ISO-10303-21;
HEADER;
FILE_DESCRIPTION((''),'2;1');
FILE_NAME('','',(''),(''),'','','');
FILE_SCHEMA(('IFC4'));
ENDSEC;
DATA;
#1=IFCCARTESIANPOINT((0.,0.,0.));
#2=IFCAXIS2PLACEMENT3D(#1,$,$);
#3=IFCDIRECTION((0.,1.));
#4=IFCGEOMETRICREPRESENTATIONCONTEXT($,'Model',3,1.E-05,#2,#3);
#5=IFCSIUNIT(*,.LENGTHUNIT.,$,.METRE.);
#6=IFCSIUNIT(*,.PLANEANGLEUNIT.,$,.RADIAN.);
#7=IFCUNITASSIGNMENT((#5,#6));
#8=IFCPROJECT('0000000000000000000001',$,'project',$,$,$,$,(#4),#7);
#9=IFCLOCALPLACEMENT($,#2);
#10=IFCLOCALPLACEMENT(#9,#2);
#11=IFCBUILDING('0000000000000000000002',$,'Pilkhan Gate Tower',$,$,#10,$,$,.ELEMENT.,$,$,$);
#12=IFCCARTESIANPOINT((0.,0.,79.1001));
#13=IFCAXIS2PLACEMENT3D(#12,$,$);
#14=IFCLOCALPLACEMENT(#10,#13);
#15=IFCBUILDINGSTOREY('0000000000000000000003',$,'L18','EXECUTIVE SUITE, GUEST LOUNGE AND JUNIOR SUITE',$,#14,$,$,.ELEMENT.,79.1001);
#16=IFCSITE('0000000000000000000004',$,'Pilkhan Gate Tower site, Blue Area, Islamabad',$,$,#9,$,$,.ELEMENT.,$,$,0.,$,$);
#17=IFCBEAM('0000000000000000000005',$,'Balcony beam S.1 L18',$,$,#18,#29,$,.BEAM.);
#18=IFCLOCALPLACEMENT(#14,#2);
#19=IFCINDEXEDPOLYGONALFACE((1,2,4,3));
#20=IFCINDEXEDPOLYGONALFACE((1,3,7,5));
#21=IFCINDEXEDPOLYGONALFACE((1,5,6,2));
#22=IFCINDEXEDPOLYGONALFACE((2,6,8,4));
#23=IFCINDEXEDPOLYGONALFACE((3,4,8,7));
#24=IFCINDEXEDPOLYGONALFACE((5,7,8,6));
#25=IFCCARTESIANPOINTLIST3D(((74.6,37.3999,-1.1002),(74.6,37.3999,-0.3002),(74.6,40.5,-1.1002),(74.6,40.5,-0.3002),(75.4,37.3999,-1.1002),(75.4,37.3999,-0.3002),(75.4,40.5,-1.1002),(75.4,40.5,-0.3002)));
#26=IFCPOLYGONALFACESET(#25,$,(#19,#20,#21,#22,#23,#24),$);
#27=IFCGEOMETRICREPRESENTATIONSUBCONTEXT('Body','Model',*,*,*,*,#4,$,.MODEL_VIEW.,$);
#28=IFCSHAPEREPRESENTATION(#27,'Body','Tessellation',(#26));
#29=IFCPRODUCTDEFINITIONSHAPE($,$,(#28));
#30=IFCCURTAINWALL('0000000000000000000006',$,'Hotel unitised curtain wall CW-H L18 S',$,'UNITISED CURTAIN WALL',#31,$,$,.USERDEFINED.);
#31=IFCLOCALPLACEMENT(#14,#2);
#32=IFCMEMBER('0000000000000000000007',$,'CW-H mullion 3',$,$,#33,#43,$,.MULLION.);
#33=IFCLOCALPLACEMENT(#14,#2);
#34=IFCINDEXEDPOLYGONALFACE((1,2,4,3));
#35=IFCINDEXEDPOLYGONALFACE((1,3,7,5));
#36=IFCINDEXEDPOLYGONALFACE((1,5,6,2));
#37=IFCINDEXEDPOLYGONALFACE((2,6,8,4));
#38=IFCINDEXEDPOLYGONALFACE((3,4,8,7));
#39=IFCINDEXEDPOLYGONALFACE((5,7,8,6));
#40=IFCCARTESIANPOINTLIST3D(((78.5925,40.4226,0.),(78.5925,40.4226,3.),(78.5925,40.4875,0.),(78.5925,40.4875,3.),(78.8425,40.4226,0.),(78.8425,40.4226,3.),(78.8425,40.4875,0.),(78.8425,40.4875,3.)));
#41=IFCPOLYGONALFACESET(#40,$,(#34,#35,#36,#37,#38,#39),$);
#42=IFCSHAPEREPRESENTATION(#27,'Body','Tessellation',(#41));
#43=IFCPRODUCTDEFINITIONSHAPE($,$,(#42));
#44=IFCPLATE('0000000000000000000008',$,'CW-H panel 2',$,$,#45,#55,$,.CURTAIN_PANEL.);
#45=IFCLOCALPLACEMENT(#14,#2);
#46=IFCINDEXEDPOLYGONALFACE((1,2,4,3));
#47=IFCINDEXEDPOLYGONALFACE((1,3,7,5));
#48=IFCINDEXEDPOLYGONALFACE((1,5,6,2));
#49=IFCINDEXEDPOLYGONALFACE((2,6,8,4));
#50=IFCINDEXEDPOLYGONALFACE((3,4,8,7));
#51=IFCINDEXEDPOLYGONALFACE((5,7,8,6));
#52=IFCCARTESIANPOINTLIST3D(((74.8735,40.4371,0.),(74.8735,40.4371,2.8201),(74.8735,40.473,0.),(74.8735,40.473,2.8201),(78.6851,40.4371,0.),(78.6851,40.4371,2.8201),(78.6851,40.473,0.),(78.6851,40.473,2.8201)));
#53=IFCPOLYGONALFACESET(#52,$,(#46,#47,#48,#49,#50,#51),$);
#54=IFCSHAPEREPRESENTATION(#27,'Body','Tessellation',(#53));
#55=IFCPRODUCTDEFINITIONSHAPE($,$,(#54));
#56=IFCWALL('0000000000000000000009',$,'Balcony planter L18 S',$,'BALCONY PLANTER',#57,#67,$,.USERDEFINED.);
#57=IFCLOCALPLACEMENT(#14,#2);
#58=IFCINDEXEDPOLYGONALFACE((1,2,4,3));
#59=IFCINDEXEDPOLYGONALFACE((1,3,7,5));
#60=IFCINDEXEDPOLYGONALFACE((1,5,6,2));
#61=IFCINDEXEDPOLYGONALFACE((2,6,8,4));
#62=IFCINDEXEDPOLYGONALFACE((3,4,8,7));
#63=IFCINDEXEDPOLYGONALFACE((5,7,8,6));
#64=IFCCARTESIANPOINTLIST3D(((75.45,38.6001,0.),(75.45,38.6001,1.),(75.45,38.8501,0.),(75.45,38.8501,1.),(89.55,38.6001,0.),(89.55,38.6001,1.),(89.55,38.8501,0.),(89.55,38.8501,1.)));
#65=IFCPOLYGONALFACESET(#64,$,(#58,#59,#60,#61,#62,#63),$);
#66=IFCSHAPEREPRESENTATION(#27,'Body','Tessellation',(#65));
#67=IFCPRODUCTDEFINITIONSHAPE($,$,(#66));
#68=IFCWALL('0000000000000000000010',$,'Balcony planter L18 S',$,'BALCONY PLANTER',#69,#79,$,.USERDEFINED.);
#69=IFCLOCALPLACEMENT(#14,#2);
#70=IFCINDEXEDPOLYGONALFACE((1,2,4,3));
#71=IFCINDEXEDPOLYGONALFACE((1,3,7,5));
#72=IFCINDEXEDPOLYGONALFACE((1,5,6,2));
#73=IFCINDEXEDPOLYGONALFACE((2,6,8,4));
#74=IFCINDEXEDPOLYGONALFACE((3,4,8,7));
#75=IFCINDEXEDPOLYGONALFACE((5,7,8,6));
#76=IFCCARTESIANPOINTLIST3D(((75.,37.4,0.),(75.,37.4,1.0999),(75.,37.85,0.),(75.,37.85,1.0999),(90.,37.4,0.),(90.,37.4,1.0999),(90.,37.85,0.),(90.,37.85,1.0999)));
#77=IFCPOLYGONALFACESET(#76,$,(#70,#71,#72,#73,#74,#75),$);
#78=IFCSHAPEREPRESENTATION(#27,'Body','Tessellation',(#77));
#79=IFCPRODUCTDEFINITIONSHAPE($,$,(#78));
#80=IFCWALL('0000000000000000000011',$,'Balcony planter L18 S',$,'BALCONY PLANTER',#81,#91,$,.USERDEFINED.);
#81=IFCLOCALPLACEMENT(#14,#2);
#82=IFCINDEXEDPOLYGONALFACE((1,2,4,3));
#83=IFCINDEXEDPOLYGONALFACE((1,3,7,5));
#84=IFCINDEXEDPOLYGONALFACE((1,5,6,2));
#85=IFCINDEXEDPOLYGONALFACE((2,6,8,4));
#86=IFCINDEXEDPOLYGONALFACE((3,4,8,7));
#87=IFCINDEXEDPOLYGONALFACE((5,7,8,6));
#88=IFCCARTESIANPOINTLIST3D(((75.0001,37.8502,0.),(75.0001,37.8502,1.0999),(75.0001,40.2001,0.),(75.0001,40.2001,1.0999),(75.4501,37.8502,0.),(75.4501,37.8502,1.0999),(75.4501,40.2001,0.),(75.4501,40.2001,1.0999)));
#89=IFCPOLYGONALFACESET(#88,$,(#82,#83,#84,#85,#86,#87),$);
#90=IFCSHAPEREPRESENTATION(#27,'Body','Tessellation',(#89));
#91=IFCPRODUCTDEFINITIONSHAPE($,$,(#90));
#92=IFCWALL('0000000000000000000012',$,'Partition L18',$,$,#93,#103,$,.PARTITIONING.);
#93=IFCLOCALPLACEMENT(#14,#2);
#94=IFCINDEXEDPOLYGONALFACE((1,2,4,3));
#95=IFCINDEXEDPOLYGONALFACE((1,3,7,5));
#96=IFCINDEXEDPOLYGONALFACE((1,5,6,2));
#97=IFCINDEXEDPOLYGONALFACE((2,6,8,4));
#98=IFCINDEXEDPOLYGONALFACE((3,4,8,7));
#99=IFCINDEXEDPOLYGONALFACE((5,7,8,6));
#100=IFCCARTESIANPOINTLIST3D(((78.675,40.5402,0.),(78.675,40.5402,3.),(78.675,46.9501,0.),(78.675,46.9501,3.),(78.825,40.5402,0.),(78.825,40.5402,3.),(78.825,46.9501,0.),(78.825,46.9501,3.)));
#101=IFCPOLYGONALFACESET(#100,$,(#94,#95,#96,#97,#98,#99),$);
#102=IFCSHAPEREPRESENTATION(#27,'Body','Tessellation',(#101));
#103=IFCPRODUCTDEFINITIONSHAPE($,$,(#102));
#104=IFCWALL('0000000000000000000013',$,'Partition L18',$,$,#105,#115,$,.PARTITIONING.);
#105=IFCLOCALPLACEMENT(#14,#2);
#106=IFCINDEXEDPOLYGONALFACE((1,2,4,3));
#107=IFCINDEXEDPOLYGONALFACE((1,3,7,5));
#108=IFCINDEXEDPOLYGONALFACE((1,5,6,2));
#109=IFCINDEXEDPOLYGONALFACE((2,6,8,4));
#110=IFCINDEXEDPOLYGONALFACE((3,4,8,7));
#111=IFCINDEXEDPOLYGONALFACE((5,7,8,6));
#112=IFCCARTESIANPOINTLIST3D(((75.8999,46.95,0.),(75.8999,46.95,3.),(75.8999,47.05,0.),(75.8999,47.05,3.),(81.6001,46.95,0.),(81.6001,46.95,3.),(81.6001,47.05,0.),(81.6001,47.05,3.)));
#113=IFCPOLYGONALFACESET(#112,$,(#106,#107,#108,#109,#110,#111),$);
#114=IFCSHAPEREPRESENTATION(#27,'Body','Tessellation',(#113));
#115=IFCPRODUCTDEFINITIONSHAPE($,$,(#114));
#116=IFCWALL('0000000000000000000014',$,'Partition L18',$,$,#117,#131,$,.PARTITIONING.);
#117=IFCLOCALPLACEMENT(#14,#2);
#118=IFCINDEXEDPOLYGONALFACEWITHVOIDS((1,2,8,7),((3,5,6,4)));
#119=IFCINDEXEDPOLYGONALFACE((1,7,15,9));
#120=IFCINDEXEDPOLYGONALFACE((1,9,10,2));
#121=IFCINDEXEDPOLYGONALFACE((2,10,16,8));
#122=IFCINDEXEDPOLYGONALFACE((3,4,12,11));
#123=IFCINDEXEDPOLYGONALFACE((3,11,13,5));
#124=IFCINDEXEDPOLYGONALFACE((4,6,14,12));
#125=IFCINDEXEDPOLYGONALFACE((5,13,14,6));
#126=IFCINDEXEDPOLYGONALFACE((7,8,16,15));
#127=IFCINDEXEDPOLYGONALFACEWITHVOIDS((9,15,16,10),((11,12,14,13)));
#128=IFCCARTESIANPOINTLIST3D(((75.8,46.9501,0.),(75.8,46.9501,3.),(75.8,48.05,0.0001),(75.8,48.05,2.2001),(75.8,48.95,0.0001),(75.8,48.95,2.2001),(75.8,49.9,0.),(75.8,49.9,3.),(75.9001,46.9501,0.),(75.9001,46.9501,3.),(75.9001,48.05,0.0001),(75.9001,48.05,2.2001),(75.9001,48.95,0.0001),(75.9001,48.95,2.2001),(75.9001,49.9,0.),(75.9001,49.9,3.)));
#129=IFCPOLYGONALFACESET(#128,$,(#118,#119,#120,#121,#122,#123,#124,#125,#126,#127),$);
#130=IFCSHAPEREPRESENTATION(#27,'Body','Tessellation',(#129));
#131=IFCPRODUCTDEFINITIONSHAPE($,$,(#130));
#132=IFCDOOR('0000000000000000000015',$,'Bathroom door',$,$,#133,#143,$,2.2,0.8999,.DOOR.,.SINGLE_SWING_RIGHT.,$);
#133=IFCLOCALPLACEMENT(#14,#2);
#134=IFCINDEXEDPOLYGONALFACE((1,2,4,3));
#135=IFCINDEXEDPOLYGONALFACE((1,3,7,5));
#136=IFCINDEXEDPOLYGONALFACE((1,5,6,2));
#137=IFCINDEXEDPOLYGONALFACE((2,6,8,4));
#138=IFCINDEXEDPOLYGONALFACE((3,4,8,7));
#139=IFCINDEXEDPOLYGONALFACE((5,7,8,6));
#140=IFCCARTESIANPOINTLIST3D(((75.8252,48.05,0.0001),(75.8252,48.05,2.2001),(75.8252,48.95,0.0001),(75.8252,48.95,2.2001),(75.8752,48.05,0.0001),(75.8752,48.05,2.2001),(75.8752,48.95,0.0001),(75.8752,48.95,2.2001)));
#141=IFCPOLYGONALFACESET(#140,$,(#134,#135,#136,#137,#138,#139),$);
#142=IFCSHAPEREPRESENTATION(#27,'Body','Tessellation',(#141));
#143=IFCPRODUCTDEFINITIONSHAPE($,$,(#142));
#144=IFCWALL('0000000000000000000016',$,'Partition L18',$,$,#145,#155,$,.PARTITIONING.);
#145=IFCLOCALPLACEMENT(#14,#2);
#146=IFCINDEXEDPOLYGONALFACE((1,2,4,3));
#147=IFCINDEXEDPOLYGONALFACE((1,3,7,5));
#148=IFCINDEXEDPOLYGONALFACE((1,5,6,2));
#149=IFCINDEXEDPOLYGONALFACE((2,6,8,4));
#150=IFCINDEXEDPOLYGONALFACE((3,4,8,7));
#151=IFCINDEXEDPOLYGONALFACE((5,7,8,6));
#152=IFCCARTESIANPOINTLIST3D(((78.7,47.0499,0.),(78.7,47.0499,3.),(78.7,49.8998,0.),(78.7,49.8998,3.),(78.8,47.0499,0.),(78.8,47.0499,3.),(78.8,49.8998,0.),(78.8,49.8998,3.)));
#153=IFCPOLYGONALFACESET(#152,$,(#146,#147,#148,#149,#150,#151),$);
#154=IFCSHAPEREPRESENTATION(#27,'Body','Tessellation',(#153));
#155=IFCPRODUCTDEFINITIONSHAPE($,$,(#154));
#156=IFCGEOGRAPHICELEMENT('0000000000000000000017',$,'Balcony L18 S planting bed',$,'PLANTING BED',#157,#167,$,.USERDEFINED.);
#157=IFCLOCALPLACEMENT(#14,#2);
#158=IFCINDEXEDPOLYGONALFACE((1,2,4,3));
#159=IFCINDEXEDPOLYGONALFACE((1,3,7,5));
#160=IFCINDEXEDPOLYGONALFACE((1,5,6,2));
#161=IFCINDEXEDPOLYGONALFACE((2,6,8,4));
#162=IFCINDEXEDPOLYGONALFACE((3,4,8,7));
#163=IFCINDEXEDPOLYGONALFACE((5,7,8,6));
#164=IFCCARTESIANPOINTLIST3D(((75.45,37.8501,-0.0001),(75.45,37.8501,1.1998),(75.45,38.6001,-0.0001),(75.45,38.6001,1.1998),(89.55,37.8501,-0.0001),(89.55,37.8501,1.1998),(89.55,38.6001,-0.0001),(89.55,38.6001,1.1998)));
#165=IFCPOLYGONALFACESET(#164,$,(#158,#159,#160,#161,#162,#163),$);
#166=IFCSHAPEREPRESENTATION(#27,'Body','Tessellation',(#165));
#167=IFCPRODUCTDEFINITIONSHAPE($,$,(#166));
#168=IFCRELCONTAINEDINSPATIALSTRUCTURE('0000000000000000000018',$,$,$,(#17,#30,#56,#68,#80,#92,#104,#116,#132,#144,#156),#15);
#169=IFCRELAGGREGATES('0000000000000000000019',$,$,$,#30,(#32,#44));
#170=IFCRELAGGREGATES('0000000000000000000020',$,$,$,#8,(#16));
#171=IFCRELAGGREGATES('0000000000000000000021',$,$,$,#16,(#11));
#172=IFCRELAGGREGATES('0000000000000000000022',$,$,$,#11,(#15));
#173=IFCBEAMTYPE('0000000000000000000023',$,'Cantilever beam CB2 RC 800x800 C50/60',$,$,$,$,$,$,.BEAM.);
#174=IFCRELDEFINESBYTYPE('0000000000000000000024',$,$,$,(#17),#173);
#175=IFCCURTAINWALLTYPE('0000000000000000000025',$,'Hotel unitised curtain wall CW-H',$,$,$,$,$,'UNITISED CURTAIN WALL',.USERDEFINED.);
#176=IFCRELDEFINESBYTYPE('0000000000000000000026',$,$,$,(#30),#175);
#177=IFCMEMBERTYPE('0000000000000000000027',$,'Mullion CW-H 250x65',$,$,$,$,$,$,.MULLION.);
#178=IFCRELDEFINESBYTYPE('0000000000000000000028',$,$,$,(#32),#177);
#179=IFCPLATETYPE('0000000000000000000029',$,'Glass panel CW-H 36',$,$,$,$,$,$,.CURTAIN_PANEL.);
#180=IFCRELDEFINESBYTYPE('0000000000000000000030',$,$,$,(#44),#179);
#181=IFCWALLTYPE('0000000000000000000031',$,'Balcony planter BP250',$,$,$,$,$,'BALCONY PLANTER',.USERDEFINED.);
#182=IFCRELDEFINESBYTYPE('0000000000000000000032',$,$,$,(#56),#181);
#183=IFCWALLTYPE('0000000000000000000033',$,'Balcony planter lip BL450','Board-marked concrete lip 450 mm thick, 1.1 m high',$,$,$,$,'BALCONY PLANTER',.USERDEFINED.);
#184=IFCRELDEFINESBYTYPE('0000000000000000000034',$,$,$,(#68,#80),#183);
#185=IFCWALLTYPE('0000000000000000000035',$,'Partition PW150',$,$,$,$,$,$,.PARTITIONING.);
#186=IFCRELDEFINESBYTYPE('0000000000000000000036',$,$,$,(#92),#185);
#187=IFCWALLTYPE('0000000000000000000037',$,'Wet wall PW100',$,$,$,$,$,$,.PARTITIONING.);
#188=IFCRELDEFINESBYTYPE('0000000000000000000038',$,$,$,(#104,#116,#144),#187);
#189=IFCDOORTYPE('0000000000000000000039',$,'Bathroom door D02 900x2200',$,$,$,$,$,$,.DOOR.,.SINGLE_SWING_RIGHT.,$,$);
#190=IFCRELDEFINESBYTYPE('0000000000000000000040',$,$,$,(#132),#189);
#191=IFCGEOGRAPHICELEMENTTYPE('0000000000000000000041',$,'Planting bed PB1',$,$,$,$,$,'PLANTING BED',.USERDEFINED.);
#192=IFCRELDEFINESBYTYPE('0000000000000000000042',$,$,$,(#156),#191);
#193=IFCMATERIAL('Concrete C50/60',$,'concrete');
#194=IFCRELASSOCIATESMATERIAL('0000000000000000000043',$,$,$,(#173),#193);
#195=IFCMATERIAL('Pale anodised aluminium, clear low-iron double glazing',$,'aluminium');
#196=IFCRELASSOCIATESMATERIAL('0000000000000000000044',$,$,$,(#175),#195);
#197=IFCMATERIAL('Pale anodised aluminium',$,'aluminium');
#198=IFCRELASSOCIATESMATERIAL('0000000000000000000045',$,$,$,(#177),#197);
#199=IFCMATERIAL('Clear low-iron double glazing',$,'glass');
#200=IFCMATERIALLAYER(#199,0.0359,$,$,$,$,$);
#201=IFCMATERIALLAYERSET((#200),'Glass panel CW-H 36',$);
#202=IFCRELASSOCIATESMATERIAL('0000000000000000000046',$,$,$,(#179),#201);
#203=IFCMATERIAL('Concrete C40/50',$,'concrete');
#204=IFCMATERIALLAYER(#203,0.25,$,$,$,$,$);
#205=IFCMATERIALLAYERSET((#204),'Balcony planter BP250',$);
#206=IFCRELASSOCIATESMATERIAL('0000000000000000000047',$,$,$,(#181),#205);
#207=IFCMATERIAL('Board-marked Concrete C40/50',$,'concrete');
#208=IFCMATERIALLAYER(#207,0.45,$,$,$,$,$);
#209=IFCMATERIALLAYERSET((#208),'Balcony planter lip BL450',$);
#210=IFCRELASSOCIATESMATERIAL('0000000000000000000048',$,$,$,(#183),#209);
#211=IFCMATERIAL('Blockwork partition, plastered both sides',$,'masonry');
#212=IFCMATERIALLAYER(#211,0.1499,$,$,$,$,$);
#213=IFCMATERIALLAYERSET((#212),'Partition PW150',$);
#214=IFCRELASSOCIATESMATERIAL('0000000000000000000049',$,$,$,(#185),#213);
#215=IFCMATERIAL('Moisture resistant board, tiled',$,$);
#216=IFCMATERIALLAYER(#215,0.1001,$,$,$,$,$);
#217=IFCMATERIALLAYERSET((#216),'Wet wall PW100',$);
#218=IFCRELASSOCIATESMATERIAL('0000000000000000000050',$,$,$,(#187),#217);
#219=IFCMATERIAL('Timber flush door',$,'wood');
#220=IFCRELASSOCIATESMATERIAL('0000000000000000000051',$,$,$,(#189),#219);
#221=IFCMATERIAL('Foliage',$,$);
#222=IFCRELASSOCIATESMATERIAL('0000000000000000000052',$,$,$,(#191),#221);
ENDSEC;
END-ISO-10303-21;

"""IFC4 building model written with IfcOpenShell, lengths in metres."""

from ifc_helpers import new_model, si_unit, direction, frame, frame_2d, origin, origin_2d, place, context, subcontext, project, spatial, rectangle, extrude, material, layer, layer_set, material_profile, profile_set, type_object, element, fill, aggregate, save


model = new_model("IFC4")

# Units and contexts
model_context = context("Model", 3, precision=1e-05, world=origin(), true_north=direction((0.0, 1.0)))
body_context = subcontext(model_context, "Body", "Model", "MODEL_VIEW")
ifc_project = project(units=[si_unit("LENGTHUNIT", "METRE"), si_unit("PLANEANGLEUNIT", "RADIAN")], contexts=[model_context])

# Site, building, storey
site_placement = place(None, origin())
site = spatial("IfcSite", under=ifc_project, at=site_placement, Name="Pilkhan Gate Tower site, Blue Area, Islamabad", CompositionType="ELEMENT", RefElevation=0.0)
building_placement = place(site_placement, origin())
building = spatial("IfcBuilding", under=site, at=building_placement, Name="Pilkhan Gate Tower", CompositionType="ELEMENT")
storey_placement = place(building_placement, frame((0.0, 0.0, 79.1001)))
storey = spatial("IfcBuildingStorey", under=building, at=storey_placement, Name="L18", Description="EXECUTIVE SUITE, GUEST LOUNGE AND JUNIOR SUITE", CompositionType="ELEMENT", Elevation=79.1001)

# Beam
ifc_material_1 = material(Name="Concrete C50/60", Category="concrete")
ifc_material_profile_1 = material_profile(ifc_material_1, rectangle(XDim=0.8, YDim=0.8, at=origin_2d()), Name="RC 800x800")
ifc_profile_set_1 = profile_set([ifc_material_profile_1], Name="Concrete C50/60")
beam_type = type_object("IfcBeamType", Name="Cantilever beam CB2 RC 800x800 C50/60", PredefinedType="BEAM", material=ifc_profile_set_1)
beam_placement = place(storey_placement, frame((75.0, 40.5, -0.7002), z_axis=(0.0, -1.0, 0.0), x_axis=(1.0, 0.0, 0.0)))
element("IfcBeam", 1, at=beam_placement, inside=storey, type_object=beam_type, Name="Balcony beam S.1 L18", PredefinedType="BEAM", context=body_context, shape_type="SweptSolid", body=[
    extrude(rectangle(XDim=0.8, YDim=0.8, at=origin_2d()), origin(), (0.0, 0.0, 1.0), 3.1001),
])

# Curtain wall, member, plate
ifc_material_2 = material(Name="Pale anodised aluminium, clear low-iron double glazing", Category="aluminium")
curtain_wall_type = type_object("IfcCurtainWallType", Name="Hotel unitised curtain wall CW-H", ElementType="UNITISED CURTAIN WALL", PredefinedType="USERDEFINED", material=ifc_material_2)
curtain_wall_placement = place(storey_placement, origin())
curtain_wall = element("IfcCurtainWall", 2, at=curtain_wall_placement, inside=storey, type_object=curtain_wall_type, Name="Hotel unitised curtain wall CW-H L18 S", ObjectType="UNITISED CURTAIN WALL", PredefinedType="USERDEFINED")
ifc_material_3 = material(Name="Pale anodised aluminium", Category="aluminium")
ifc_material_profile_2 = material_profile(ifc_material_3, rectangle(XDim=0.0649, YDim=0.25, at=origin_2d()), Name="Mullion 250x65")
ifc_profile_set_2 = profile_set([ifc_material_profile_2], Name="Pale anodised aluminium")
member_type = type_object("IfcMemberType", Name="Mullion CW-H 250x65", PredefinedType="MULLION", material=ifc_profile_set_2)
member_placement = place(storey_placement, frame((78.7175, 40.4551, 0.0), z_axis=(0.0, 0.0, 1.0), x_axis=(0.0, 1.0, 0.0)))
member = element("IfcMember", 3, at=member_placement, type_object=member_type, Name="CW-H mullion 3", PredefinedType="MULLION", context=body_context, shape_type="SweptSolid", body=[
    extrude(rectangle(XDim=0.0649, YDim=0.25, at=origin_2d()), origin(), (0.0, 0.0, 1.0), 3.0),
])
ifc_material_4 = material(Name="Clear low-iron double glazing", Category="glass")
ifc_layer_1 = layer(ifc_material_4, 0.0359)
ifc_layer_set_1 = layer_set([ifc_layer_1], Name="Glass panel CW-H 36")
plate_type = type_object("IfcPlateType", Name="Glass panel CW-H 36", PredefinedType="CURTAIN_PANEL", material=ifc_layer_set_1)
plate_placement = place(storey_placement, frame((76.7793, 40.4551, 0.0), z_axis=(0.0, 0.0, 1.0), x_axis=(1.0, 0.0, 0.0)))
plate = element("IfcPlate", 4, at=plate_placement, type_object=plate_type, Name="CW-H panel 2", PredefinedType="CURTAIN_PANEL", context=body_context, shape_type="SweptSolid", body=[
    extrude(rectangle(XDim=3.8115, YDim=0.0359, at=origin_2d()), origin(), (0.0, 0.0, 1.0), 2.8201),
])
aggregate(curtain_wall, [member, plate])

# Walls
ifc_material_5 = material(Name="Concrete C40/50", Category="concrete")
ifc_layer_2 = layer(ifc_material_5, 0.25)
ifc_layer_set_2 = layer_set([ifc_layer_2], Name="Balcony planter BP250")
wall_type_1 = type_object("IfcWallType", Name="Balcony planter BP250", ElementType="BALCONY PLANTER", PredefinedType="USERDEFINED", material=ifc_layer_set_2)
wall_1_placement = place(storey_placement, frame((75.45, 38.7251, 0.0), z_axis=(0.0, 0.0, 1.0), x_axis=(1.0, 0.0, 0.0)))
element("IfcWall", 5, at=wall_1_placement, inside=storey, type_object=wall_type_1, Name="Balcony planter L18 S", ObjectType="BALCONY PLANTER", PredefinedType="USERDEFINED", context=body_context, shape_type="SweptSolid", body=[
    extrude(rectangle(XDim=14.1001, YDim=0.25, at=frame_2d((7.05, 0.0))), origin(), (0.0, 0.0, 1.0), 1.0),
])
ifc_material_6 = material(Name="Board-marked Concrete C40/50", Category="concrete")
ifc_layer_3 = layer(ifc_material_6, 0.45)
ifc_layer_set_3 = layer_set([ifc_layer_3], Name="Balcony planter lip BL450")
wall_type_2 = type_object("IfcWallType", Name="Balcony planter lip BL450", Description="Board-marked concrete lip 450 mm thick, 1.1 m high", ElementType="BALCONY PLANTER", PredefinedType="USERDEFINED", material=ifc_layer_set_3)
wall_2_placement = place(storey_placement, frame((75.0, 37.625, 0.0), z_axis=(0.0, 0.0, 1.0), x_axis=(1.0, 0.0, 0.0)))
element("IfcWall", 6, at=wall_2_placement, inside=storey, type_object=wall_type_2, Name="Balcony planter L18 S", ObjectType="BALCONY PLANTER", PredefinedType="USERDEFINED", context=body_context, shape_type="SweptSolid", body=[
    extrude(rectangle(XDim=15.0, YDim=0.45, at=frame_2d((7.5, 0.0))), origin(), (0.0, 0.0, 1.0), 1.0999),
])
wall_3_placement = place(storey_placement, frame((75.2251, 40.2, 0.0), z_axis=(0.0, 0.0, 1.0), x_axis=(0.0, -1.0, 0.0)))
element("IfcWall", 7, at=wall_3_placement, inside=storey, type_object=wall_type_2, Name="Balcony planter L18 S", ObjectType="BALCONY PLANTER", PredefinedType="USERDEFINED", context=body_context, shape_type="SweptSolid", body=[
    extrude(rectangle(XDim=2.3499, YDim=0.45, at=frame_2d((1.1748, 0.0))), origin(), (0.0, 0.0, 1.0), 1.0999),
])

# Walls
ifc_material_7 = material(Name="Blockwork partition, plastered both sides", Category="masonry")
ifc_layer_4 = layer(ifc_material_7, 0.1499)
ifc_layer_set_4 = layer_set([ifc_layer_4], Name="Partition PW150")
wall_type_3 = type_object("IfcWallType", Name="Partition PW150", PredefinedType="PARTITIONING", material=ifc_layer_set_4)
wall_4_placement = place(storey_placement, frame((78.75, 40.54, 0.0), z_axis=(0.0, 0.0, 1.0), x_axis=(0.0, 1.0, 0.0)))
element("IfcWall", 8, at=wall_4_placement, inside=storey, type_object=wall_type_3, Name="Partition L18", PredefinedType="PARTITIONING", context=body_context, shape_type="SweptSolid", body=[
    extrude(rectangle(XDim=6.4099, YDim=0.1499, at=frame_2d((3.2051, 0.0))), origin(), (0.0, 0.0, 1.0), 3.0),
])
ifc_material_8 = material(Name="Moisture resistant board, tiled")
ifc_layer_5 = layer(ifc_material_8, 0.1001)
ifc_layer_set_5 = layer_set([ifc_layer_5], Name="Wet wall PW100")
wall_type_4 = type_object("IfcWallType", Name="Wet wall PW100", PredefinedType="PARTITIONING", material=ifc_layer_set_5)
wall_5_placement = place(storey_placement, frame((75.8999, 47.0, 0.0), z_axis=(0.0, 0.0, 1.0), x_axis=(1.0, 0.0, 0.0)))
element("IfcWall", 9, at=wall_5_placement, inside=storey, type_object=wall_type_4, Name="Partition L18", PredefinedType="PARTITIONING", context=body_context, shape_type="SweptSolid", body=[
    extrude(rectangle(XDim=5.7002, YDim=0.1001, at=frame_2d((2.8501, 0.0))), origin(), (0.0, 0.0, 1.0), 3.0),
])

# Wall, opening, door
wall_6_placement = place(storey_placement, frame((75.8501, 46.95, 0.0), z_axis=(0.0, 0.0, 1.0), x_axis=(0.0, 1.0, 0.0)))
wall_6 = element("IfcWall", 10, at=wall_6_placement, inside=storey, type_object=wall_type_4, Name="Partition L18", PredefinedType="PARTITIONING", context=body_context, shape_type="SweptSolid", body=[
    extrude(rectangle(XDim=2.95, YDim=0.1001, at=frame_2d((1.4751, 0.0))), origin(), (0.0, 0.0, 1.0), 3.0),
])
opening_1_placement = place(wall_6_placement, frame((1.1001, 0.0, 0.0)))
opening_1 = element("IfcOpeningElement", 11, at=opening_1_placement, cuts=wall_6, PredefinedType="OPENING", context=body_context, shape_type="SweptSolid", body=[
    extrude(rectangle(XDim=0.8999, YDim=2.2, at=frame_2d((0.45, 1.1001))), frame((0.0, 0.0601, 0.0), z_axis=(0.0, -1.0, 0.0), x_axis=(1.0, 0.0, 0.0)), (0.0, 0.0, 1.0), 0.1201),
])
ifc_material_9 = material(Name="Timber flush door", Category="wood")
door_type_1 = type_object("IfcDoorType", Name="Bathroom door D02 900x2200", OperationType="SINGLE_SWING_RIGHT", PredefinedType="DOOR", material=ifc_material_9)
door_1_placement = place(opening_1_placement, origin())
door_1 = element("IfcDoor", 12, at=door_1_placement, inside=storey, type_object=door_type_1, Name="Bathroom door", OperationType="SINGLE_SWING_RIGHT", OverallHeight=2.2, OverallWidth=0.8999, PredefinedType="DOOR", context=body_context, shape_type="SweptSolid", body=[
    extrude(rectangle(XDim=0.8999, YDim=2.2, at=frame_2d((0.45, 1.1001))), frame((0.0, 0.0249, 0.0), z_axis=(0.0, -1.0, 0.0), x_axis=(1.0, 0.0, 0.0)), (0.0, 0.0, 1.0), 0.05),
])
fill(opening_1, door_1)

# Wall
wall_7_placement = place(storey_placement, frame((78.75, 47.05, 0.0), z_axis=(0.0, 0.0, 1.0), x_axis=(0.0, 1.0, 0.0)))
element("IfcWall", 13, at=wall_7_placement, inside=storey, type_object=wall_type_4, Name="Partition L18", PredefinedType="PARTITIONING", context=body_context, shape_type="SweptSolid", body=[
    extrude(rectangle(XDim=2.8499, YDim=0.1001, at=frame_2d((1.4248, 0.0))), origin(), (0.0, 0.0, 1.0), 3.0),
])

# Geographic element
ifc_material_10 = material(Name="Foliage")
ifc_material_profile_3 = material_profile(ifc_material_10, rectangle(XDim=0.75, YDim=1.2, at=origin_2d()), Name="Bed 750x1200")
ifc_profile_set_3 = profile_set([ifc_material_profile_3], Name="Foliage")
geographic_element_type_1 = type_object("IfcGeographicElementType", Name="Planting bed PB1", ElementType="PLANTING BED", PredefinedType="USERDEFINED", material=ifc_profile_set_3)
geographic_element_1_placement = place(storey_placement, frame((75.45, 38.2251, 0.5999), z_axis=(1.0, 0.0, 0.0), x_axis=(0.0, 1.0, 0.0)))
element("IfcGeographicElement", 14, at=geographic_element_1_placement, inside=storey, type_object=geographic_element_type_1, Name="Balcony L18 S planting bed", ObjectType="PLANTING BED", PredefinedType="USERDEFINED", context=body_context, shape_type="SweptSolid", body=[
    extrude(rectangle(XDim=0.75, YDim=1.2, at=origin_2d()), origin(), (0.0, 0.0, 1.0), 14.1001),
])

save(model, "model.ifc")
